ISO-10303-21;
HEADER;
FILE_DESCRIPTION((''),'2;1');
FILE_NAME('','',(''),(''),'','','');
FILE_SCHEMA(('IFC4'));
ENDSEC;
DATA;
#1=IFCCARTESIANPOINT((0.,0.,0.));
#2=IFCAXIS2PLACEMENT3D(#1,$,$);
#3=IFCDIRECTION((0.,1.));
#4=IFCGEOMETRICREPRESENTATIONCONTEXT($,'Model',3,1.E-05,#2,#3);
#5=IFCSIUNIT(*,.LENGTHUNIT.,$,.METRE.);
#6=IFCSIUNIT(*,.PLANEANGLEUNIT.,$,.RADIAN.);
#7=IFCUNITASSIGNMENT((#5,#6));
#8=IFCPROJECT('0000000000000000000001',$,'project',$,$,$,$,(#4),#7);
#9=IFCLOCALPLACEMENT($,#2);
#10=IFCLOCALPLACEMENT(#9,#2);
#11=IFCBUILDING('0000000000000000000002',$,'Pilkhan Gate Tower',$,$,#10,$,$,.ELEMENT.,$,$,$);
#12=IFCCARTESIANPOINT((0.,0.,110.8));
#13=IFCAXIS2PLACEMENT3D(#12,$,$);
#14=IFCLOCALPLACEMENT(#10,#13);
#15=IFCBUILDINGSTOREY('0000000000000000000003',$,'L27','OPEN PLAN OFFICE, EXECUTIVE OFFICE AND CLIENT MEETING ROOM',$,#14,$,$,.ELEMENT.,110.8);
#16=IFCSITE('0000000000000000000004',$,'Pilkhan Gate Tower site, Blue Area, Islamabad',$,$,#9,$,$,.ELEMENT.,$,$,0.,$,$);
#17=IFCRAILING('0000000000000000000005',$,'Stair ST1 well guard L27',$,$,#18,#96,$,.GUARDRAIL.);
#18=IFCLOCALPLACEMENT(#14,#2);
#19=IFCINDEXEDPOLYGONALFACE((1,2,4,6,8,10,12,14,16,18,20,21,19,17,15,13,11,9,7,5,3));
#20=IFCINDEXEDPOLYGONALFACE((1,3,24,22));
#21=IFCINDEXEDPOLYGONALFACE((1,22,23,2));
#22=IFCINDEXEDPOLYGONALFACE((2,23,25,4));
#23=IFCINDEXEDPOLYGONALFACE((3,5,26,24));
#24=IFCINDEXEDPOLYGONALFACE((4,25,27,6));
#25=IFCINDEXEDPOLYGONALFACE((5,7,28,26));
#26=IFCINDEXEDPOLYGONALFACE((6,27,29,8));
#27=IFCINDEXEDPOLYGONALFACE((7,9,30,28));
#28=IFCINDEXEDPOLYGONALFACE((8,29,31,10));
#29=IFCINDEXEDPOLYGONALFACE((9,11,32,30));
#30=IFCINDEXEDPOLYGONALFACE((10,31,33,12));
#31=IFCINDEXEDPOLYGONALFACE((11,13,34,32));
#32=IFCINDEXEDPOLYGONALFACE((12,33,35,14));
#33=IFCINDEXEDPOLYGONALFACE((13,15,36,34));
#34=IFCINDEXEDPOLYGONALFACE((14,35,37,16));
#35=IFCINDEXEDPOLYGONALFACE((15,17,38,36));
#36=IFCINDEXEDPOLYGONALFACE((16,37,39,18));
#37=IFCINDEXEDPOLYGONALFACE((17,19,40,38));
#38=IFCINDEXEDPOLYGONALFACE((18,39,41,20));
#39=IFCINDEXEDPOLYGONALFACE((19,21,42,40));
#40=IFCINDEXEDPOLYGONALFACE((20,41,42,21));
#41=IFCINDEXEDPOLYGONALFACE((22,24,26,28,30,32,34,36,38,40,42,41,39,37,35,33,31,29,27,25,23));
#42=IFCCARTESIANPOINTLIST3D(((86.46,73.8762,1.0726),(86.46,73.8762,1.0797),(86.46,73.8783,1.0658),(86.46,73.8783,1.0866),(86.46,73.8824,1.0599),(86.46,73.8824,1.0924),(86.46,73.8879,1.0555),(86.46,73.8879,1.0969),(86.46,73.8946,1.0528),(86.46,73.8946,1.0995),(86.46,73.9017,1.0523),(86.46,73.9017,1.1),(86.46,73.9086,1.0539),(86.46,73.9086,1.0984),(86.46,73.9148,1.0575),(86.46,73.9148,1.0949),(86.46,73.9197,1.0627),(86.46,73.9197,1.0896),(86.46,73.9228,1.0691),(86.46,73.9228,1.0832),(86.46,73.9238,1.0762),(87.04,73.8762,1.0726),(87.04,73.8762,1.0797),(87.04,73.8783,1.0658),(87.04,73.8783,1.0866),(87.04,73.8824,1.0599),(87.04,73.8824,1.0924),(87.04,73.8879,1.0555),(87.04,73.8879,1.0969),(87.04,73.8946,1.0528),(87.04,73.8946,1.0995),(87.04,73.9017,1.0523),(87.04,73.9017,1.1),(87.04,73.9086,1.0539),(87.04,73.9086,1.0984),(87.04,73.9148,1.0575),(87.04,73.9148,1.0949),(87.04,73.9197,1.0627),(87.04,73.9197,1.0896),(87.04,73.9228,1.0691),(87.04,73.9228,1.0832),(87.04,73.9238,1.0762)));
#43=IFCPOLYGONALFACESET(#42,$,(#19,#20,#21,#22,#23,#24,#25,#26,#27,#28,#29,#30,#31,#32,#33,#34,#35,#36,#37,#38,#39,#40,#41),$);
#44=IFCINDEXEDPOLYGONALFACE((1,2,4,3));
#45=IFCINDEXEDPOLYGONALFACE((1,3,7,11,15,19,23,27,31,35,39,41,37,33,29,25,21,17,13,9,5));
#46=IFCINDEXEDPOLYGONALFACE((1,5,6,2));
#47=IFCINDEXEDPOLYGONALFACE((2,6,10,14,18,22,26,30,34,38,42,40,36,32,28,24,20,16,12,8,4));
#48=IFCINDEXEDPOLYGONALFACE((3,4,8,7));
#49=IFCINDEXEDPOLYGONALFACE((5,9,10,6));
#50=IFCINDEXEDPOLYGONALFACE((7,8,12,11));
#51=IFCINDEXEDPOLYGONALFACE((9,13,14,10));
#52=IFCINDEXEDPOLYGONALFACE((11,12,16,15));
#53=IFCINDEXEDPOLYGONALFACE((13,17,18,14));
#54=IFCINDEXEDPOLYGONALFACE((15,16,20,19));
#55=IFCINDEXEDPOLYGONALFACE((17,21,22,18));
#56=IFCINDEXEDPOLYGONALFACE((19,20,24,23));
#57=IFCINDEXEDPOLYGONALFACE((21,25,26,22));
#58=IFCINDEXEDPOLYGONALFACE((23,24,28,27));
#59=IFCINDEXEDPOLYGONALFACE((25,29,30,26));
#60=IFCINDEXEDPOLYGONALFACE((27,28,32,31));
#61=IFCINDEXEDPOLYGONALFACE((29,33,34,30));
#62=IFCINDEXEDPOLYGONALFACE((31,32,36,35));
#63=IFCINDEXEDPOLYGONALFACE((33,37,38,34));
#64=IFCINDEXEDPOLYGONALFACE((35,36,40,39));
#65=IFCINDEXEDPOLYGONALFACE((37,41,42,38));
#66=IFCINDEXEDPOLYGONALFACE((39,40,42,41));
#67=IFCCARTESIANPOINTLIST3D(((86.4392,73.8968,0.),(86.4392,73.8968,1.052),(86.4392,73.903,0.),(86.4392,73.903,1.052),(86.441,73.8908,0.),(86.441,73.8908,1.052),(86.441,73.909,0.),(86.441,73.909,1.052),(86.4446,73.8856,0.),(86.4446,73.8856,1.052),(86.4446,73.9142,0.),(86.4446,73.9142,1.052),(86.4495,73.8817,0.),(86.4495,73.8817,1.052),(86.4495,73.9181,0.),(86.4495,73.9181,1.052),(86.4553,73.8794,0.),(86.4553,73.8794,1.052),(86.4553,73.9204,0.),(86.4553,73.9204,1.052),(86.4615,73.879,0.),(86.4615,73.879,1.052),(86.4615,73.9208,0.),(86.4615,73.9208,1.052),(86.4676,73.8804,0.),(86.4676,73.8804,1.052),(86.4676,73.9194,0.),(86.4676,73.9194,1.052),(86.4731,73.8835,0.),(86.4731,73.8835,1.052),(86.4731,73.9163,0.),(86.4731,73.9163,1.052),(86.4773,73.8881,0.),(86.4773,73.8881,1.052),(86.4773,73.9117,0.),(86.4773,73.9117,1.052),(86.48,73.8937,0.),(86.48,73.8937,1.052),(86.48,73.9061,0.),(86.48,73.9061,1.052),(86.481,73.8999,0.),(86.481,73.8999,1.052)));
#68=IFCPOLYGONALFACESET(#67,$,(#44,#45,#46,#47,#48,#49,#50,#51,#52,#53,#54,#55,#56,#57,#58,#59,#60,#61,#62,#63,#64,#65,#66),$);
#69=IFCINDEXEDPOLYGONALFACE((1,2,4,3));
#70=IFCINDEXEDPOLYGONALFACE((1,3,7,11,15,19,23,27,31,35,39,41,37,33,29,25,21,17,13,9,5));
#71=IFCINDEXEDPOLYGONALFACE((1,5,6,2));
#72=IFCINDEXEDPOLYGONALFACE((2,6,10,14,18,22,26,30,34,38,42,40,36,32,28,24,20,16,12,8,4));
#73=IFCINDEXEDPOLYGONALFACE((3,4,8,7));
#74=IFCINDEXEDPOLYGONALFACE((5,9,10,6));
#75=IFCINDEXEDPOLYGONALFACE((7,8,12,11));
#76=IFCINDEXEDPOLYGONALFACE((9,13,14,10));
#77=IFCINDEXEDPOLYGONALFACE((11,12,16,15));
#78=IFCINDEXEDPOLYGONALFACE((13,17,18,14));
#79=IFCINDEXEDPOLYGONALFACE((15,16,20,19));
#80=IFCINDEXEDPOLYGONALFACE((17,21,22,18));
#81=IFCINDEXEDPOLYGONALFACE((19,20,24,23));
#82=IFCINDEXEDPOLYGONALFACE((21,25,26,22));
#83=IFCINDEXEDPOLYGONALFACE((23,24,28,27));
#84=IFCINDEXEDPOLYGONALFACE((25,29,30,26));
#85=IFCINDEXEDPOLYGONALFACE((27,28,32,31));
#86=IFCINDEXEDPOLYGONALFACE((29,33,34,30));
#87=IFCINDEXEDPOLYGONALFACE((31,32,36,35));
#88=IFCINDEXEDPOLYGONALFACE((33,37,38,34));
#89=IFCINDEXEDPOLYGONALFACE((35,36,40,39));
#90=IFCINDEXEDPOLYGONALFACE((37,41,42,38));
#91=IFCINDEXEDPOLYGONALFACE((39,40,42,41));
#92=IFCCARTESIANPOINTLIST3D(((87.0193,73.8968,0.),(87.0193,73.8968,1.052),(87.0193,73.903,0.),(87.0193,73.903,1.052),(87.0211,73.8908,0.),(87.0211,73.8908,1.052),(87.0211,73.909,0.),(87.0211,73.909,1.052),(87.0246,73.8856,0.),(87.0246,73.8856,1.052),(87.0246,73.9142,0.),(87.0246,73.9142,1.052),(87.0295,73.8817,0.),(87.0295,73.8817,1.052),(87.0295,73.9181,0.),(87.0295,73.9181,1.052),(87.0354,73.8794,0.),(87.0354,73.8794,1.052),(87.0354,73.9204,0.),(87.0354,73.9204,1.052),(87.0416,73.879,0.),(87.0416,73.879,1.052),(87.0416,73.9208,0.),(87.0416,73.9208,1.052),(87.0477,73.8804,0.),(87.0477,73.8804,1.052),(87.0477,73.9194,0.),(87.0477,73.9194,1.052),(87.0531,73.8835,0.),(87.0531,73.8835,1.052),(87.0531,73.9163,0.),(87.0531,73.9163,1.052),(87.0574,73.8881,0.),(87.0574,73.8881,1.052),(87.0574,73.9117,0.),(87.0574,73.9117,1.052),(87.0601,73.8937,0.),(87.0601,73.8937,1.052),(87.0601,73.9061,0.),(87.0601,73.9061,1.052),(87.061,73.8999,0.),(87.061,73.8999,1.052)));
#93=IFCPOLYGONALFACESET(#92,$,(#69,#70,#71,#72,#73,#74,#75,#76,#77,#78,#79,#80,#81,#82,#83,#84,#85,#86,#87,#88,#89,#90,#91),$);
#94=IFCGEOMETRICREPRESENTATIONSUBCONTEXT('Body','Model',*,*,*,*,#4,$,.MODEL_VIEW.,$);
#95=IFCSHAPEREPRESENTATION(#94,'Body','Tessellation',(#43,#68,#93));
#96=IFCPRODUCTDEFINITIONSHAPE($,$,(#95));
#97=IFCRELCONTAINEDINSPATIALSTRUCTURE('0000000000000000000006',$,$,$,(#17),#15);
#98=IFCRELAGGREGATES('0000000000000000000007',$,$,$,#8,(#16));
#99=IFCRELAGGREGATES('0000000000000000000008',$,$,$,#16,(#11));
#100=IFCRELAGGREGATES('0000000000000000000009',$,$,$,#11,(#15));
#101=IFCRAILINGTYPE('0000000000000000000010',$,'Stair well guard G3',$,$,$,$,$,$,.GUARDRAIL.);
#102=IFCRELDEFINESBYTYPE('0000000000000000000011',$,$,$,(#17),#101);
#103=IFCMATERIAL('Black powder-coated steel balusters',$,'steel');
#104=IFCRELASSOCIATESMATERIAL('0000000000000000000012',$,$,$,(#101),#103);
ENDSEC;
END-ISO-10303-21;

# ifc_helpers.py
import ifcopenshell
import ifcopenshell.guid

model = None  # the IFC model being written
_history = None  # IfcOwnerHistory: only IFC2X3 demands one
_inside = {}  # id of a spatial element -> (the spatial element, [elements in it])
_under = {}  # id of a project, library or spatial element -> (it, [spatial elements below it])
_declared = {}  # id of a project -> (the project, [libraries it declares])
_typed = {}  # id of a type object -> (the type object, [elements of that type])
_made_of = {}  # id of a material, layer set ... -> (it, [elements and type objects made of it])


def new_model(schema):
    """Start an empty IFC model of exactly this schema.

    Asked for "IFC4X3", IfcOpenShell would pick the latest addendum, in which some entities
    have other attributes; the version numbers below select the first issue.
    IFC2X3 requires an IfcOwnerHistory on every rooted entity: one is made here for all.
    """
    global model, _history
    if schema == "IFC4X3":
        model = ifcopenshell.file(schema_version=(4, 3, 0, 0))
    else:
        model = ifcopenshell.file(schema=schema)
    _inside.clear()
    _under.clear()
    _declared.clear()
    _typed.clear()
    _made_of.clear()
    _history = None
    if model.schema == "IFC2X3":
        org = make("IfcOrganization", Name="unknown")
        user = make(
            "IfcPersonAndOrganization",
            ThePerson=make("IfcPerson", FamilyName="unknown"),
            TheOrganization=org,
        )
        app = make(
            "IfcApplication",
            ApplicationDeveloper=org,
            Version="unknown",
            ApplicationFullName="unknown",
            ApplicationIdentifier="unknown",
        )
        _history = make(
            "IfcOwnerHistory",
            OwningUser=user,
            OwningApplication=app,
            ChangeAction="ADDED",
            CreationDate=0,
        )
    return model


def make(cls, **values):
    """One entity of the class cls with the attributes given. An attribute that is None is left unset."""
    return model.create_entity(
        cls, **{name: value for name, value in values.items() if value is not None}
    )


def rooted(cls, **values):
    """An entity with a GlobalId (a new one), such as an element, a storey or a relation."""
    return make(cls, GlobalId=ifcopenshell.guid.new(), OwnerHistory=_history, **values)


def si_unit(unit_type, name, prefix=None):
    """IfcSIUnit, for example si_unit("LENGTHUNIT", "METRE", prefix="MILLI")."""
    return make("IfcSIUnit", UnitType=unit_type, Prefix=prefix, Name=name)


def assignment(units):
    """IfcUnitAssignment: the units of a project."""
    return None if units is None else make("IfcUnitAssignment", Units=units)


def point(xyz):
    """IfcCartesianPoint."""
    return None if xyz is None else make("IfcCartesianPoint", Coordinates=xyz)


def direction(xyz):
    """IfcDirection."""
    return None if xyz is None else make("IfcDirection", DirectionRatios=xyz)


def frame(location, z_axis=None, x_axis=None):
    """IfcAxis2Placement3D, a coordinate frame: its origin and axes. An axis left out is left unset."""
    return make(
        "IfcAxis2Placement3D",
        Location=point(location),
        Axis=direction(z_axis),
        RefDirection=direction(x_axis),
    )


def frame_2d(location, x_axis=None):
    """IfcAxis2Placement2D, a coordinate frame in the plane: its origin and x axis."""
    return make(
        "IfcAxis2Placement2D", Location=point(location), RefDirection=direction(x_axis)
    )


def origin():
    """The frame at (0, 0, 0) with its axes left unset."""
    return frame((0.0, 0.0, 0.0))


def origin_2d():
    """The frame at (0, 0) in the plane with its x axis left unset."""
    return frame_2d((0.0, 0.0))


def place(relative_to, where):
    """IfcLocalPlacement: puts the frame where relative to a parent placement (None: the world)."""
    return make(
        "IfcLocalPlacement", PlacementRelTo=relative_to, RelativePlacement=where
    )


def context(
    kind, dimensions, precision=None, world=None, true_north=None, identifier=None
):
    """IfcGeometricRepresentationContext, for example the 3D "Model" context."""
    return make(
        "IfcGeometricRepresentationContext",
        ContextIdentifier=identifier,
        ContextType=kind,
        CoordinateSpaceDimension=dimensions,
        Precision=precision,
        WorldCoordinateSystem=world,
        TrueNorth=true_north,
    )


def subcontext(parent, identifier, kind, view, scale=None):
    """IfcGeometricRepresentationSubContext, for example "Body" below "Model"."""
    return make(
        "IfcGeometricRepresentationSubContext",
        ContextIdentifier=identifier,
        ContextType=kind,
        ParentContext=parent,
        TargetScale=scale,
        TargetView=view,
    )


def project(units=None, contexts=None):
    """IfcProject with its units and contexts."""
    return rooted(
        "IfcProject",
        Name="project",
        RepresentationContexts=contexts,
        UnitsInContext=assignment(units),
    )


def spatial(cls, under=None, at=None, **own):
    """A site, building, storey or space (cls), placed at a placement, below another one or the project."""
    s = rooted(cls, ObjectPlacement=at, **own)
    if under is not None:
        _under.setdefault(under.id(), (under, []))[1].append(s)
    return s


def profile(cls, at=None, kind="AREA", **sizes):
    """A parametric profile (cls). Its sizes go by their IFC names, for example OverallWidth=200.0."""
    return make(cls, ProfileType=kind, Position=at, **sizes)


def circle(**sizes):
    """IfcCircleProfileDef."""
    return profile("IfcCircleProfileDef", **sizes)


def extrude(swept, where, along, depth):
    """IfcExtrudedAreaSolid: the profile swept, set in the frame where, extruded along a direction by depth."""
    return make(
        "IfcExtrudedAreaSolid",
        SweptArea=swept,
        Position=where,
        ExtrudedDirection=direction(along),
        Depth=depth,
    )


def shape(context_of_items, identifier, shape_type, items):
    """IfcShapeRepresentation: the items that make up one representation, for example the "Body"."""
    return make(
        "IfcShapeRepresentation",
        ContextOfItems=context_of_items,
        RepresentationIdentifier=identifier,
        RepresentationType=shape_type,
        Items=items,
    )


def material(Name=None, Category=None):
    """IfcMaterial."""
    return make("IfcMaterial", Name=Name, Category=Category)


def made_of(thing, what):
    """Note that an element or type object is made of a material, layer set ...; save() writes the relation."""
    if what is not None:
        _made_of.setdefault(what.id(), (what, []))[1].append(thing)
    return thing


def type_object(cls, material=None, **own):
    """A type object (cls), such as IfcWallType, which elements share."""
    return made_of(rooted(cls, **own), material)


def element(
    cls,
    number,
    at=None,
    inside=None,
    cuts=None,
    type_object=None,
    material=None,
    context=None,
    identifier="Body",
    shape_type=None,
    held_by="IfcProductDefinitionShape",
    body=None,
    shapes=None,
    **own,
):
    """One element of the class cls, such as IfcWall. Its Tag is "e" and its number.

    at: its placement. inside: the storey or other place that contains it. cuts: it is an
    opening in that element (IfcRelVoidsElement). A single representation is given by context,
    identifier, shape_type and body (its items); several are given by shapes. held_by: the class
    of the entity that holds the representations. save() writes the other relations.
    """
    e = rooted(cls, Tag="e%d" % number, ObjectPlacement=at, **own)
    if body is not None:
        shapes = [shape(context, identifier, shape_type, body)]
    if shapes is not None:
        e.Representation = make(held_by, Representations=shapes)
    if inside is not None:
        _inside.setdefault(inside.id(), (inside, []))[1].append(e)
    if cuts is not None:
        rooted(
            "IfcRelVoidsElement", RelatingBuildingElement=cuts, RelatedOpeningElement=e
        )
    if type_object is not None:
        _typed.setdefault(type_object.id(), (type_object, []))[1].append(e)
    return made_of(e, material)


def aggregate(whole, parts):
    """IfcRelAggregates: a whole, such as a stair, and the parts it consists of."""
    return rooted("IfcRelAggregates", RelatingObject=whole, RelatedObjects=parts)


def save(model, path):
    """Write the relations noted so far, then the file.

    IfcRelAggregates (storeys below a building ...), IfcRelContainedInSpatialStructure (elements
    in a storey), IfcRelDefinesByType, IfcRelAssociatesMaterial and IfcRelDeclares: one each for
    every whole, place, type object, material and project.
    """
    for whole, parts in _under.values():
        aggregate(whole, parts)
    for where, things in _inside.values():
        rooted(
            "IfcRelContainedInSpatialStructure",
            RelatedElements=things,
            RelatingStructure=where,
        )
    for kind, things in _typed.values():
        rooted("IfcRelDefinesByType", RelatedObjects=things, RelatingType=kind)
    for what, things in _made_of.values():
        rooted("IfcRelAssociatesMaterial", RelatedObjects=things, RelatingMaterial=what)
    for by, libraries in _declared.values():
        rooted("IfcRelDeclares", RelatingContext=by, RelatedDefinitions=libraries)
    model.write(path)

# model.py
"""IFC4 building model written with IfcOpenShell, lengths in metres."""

from ifc_helpers import new_model, si_unit, direction, frame, origin, origin_2d, place, context, subcontext, project, spatial, circle, extrude, material, type_object, element, save


model = new_model("IFC4")

# Units and contexts
model_context = context("Model", 3, precision=1e-05, world=origin(), true_north=direction((0.0, 1.0)))
body_context = subcontext(model_context, "Body", "Model", "MODEL_VIEW")
ifc_project = project(units=[si_unit("LENGTHUNIT", "METRE"), si_unit("PLANEANGLEUNIT", "RADIAN")], contexts=[model_context])

# Site, building, storey
site_placement = place(None, origin())
site = spatial("IfcSite", under=ifc_project, at=site_placement, Name="Pilkhan Gate Tower site, Blue Area, Islamabad", CompositionType="ELEMENT", RefElevation=0.0)
building_placement = place(site_placement, origin())
building = spatial("IfcBuilding", under=site, at=building_placement, Name="Pilkhan Gate Tower", CompositionType="ELEMENT")
storey_placement = place(building_placement, frame((0.0, 0.0, 110.8)))
storey = spatial("IfcBuildingStorey", under=building, at=storey_placement, Name="L27", Description="OPEN PLAN OFFICE, EXECUTIVE OFFICE AND CLIENT MEETING ROOM", CompositionType="ELEMENT", Elevation=110.8)

# Railing
ifc_material_1 = material(Name="Black powder-coated steel balusters", Category="steel")
railing_type_1 = type_object("IfcRailingType", Name="Stair well guard G3", PredefinedType="GUARDRAIL", material=ifc_material_1)
railing_1_placement = place(storey_placement, frame((86.46, 73.8999, 0.0)))
element("IfcRailing", 1, at=railing_1_placement, inside=storey, type_object=railing_type_1, Name="Stair ST1 well guard L27", PredefinedType="GUARDRAIL", context=body_context, shape_type="SweptSolid", body=[
    extrude(circle(Radius=0.0239, at=origin_2d()), frame((0.0, 0.0, 1.0762), z_axis=(1.0, 0.0, 0.0), x_axis=(0.0, 1.0, 0.0)), (0.0, 0.0, 1.0), 0.5801),
    extrude(circle(Radius=0.021, at=origin_2d()), origin(), (0.0, 0.0, 1.0), 1.052),
    extrude(circle(Radius=0.021, at=origin_2d()), frame((0.5801, 0.0, 0.0)), (0.0, 0.0, 1.0), 1.052),
])

save(model, "model.ifc")
